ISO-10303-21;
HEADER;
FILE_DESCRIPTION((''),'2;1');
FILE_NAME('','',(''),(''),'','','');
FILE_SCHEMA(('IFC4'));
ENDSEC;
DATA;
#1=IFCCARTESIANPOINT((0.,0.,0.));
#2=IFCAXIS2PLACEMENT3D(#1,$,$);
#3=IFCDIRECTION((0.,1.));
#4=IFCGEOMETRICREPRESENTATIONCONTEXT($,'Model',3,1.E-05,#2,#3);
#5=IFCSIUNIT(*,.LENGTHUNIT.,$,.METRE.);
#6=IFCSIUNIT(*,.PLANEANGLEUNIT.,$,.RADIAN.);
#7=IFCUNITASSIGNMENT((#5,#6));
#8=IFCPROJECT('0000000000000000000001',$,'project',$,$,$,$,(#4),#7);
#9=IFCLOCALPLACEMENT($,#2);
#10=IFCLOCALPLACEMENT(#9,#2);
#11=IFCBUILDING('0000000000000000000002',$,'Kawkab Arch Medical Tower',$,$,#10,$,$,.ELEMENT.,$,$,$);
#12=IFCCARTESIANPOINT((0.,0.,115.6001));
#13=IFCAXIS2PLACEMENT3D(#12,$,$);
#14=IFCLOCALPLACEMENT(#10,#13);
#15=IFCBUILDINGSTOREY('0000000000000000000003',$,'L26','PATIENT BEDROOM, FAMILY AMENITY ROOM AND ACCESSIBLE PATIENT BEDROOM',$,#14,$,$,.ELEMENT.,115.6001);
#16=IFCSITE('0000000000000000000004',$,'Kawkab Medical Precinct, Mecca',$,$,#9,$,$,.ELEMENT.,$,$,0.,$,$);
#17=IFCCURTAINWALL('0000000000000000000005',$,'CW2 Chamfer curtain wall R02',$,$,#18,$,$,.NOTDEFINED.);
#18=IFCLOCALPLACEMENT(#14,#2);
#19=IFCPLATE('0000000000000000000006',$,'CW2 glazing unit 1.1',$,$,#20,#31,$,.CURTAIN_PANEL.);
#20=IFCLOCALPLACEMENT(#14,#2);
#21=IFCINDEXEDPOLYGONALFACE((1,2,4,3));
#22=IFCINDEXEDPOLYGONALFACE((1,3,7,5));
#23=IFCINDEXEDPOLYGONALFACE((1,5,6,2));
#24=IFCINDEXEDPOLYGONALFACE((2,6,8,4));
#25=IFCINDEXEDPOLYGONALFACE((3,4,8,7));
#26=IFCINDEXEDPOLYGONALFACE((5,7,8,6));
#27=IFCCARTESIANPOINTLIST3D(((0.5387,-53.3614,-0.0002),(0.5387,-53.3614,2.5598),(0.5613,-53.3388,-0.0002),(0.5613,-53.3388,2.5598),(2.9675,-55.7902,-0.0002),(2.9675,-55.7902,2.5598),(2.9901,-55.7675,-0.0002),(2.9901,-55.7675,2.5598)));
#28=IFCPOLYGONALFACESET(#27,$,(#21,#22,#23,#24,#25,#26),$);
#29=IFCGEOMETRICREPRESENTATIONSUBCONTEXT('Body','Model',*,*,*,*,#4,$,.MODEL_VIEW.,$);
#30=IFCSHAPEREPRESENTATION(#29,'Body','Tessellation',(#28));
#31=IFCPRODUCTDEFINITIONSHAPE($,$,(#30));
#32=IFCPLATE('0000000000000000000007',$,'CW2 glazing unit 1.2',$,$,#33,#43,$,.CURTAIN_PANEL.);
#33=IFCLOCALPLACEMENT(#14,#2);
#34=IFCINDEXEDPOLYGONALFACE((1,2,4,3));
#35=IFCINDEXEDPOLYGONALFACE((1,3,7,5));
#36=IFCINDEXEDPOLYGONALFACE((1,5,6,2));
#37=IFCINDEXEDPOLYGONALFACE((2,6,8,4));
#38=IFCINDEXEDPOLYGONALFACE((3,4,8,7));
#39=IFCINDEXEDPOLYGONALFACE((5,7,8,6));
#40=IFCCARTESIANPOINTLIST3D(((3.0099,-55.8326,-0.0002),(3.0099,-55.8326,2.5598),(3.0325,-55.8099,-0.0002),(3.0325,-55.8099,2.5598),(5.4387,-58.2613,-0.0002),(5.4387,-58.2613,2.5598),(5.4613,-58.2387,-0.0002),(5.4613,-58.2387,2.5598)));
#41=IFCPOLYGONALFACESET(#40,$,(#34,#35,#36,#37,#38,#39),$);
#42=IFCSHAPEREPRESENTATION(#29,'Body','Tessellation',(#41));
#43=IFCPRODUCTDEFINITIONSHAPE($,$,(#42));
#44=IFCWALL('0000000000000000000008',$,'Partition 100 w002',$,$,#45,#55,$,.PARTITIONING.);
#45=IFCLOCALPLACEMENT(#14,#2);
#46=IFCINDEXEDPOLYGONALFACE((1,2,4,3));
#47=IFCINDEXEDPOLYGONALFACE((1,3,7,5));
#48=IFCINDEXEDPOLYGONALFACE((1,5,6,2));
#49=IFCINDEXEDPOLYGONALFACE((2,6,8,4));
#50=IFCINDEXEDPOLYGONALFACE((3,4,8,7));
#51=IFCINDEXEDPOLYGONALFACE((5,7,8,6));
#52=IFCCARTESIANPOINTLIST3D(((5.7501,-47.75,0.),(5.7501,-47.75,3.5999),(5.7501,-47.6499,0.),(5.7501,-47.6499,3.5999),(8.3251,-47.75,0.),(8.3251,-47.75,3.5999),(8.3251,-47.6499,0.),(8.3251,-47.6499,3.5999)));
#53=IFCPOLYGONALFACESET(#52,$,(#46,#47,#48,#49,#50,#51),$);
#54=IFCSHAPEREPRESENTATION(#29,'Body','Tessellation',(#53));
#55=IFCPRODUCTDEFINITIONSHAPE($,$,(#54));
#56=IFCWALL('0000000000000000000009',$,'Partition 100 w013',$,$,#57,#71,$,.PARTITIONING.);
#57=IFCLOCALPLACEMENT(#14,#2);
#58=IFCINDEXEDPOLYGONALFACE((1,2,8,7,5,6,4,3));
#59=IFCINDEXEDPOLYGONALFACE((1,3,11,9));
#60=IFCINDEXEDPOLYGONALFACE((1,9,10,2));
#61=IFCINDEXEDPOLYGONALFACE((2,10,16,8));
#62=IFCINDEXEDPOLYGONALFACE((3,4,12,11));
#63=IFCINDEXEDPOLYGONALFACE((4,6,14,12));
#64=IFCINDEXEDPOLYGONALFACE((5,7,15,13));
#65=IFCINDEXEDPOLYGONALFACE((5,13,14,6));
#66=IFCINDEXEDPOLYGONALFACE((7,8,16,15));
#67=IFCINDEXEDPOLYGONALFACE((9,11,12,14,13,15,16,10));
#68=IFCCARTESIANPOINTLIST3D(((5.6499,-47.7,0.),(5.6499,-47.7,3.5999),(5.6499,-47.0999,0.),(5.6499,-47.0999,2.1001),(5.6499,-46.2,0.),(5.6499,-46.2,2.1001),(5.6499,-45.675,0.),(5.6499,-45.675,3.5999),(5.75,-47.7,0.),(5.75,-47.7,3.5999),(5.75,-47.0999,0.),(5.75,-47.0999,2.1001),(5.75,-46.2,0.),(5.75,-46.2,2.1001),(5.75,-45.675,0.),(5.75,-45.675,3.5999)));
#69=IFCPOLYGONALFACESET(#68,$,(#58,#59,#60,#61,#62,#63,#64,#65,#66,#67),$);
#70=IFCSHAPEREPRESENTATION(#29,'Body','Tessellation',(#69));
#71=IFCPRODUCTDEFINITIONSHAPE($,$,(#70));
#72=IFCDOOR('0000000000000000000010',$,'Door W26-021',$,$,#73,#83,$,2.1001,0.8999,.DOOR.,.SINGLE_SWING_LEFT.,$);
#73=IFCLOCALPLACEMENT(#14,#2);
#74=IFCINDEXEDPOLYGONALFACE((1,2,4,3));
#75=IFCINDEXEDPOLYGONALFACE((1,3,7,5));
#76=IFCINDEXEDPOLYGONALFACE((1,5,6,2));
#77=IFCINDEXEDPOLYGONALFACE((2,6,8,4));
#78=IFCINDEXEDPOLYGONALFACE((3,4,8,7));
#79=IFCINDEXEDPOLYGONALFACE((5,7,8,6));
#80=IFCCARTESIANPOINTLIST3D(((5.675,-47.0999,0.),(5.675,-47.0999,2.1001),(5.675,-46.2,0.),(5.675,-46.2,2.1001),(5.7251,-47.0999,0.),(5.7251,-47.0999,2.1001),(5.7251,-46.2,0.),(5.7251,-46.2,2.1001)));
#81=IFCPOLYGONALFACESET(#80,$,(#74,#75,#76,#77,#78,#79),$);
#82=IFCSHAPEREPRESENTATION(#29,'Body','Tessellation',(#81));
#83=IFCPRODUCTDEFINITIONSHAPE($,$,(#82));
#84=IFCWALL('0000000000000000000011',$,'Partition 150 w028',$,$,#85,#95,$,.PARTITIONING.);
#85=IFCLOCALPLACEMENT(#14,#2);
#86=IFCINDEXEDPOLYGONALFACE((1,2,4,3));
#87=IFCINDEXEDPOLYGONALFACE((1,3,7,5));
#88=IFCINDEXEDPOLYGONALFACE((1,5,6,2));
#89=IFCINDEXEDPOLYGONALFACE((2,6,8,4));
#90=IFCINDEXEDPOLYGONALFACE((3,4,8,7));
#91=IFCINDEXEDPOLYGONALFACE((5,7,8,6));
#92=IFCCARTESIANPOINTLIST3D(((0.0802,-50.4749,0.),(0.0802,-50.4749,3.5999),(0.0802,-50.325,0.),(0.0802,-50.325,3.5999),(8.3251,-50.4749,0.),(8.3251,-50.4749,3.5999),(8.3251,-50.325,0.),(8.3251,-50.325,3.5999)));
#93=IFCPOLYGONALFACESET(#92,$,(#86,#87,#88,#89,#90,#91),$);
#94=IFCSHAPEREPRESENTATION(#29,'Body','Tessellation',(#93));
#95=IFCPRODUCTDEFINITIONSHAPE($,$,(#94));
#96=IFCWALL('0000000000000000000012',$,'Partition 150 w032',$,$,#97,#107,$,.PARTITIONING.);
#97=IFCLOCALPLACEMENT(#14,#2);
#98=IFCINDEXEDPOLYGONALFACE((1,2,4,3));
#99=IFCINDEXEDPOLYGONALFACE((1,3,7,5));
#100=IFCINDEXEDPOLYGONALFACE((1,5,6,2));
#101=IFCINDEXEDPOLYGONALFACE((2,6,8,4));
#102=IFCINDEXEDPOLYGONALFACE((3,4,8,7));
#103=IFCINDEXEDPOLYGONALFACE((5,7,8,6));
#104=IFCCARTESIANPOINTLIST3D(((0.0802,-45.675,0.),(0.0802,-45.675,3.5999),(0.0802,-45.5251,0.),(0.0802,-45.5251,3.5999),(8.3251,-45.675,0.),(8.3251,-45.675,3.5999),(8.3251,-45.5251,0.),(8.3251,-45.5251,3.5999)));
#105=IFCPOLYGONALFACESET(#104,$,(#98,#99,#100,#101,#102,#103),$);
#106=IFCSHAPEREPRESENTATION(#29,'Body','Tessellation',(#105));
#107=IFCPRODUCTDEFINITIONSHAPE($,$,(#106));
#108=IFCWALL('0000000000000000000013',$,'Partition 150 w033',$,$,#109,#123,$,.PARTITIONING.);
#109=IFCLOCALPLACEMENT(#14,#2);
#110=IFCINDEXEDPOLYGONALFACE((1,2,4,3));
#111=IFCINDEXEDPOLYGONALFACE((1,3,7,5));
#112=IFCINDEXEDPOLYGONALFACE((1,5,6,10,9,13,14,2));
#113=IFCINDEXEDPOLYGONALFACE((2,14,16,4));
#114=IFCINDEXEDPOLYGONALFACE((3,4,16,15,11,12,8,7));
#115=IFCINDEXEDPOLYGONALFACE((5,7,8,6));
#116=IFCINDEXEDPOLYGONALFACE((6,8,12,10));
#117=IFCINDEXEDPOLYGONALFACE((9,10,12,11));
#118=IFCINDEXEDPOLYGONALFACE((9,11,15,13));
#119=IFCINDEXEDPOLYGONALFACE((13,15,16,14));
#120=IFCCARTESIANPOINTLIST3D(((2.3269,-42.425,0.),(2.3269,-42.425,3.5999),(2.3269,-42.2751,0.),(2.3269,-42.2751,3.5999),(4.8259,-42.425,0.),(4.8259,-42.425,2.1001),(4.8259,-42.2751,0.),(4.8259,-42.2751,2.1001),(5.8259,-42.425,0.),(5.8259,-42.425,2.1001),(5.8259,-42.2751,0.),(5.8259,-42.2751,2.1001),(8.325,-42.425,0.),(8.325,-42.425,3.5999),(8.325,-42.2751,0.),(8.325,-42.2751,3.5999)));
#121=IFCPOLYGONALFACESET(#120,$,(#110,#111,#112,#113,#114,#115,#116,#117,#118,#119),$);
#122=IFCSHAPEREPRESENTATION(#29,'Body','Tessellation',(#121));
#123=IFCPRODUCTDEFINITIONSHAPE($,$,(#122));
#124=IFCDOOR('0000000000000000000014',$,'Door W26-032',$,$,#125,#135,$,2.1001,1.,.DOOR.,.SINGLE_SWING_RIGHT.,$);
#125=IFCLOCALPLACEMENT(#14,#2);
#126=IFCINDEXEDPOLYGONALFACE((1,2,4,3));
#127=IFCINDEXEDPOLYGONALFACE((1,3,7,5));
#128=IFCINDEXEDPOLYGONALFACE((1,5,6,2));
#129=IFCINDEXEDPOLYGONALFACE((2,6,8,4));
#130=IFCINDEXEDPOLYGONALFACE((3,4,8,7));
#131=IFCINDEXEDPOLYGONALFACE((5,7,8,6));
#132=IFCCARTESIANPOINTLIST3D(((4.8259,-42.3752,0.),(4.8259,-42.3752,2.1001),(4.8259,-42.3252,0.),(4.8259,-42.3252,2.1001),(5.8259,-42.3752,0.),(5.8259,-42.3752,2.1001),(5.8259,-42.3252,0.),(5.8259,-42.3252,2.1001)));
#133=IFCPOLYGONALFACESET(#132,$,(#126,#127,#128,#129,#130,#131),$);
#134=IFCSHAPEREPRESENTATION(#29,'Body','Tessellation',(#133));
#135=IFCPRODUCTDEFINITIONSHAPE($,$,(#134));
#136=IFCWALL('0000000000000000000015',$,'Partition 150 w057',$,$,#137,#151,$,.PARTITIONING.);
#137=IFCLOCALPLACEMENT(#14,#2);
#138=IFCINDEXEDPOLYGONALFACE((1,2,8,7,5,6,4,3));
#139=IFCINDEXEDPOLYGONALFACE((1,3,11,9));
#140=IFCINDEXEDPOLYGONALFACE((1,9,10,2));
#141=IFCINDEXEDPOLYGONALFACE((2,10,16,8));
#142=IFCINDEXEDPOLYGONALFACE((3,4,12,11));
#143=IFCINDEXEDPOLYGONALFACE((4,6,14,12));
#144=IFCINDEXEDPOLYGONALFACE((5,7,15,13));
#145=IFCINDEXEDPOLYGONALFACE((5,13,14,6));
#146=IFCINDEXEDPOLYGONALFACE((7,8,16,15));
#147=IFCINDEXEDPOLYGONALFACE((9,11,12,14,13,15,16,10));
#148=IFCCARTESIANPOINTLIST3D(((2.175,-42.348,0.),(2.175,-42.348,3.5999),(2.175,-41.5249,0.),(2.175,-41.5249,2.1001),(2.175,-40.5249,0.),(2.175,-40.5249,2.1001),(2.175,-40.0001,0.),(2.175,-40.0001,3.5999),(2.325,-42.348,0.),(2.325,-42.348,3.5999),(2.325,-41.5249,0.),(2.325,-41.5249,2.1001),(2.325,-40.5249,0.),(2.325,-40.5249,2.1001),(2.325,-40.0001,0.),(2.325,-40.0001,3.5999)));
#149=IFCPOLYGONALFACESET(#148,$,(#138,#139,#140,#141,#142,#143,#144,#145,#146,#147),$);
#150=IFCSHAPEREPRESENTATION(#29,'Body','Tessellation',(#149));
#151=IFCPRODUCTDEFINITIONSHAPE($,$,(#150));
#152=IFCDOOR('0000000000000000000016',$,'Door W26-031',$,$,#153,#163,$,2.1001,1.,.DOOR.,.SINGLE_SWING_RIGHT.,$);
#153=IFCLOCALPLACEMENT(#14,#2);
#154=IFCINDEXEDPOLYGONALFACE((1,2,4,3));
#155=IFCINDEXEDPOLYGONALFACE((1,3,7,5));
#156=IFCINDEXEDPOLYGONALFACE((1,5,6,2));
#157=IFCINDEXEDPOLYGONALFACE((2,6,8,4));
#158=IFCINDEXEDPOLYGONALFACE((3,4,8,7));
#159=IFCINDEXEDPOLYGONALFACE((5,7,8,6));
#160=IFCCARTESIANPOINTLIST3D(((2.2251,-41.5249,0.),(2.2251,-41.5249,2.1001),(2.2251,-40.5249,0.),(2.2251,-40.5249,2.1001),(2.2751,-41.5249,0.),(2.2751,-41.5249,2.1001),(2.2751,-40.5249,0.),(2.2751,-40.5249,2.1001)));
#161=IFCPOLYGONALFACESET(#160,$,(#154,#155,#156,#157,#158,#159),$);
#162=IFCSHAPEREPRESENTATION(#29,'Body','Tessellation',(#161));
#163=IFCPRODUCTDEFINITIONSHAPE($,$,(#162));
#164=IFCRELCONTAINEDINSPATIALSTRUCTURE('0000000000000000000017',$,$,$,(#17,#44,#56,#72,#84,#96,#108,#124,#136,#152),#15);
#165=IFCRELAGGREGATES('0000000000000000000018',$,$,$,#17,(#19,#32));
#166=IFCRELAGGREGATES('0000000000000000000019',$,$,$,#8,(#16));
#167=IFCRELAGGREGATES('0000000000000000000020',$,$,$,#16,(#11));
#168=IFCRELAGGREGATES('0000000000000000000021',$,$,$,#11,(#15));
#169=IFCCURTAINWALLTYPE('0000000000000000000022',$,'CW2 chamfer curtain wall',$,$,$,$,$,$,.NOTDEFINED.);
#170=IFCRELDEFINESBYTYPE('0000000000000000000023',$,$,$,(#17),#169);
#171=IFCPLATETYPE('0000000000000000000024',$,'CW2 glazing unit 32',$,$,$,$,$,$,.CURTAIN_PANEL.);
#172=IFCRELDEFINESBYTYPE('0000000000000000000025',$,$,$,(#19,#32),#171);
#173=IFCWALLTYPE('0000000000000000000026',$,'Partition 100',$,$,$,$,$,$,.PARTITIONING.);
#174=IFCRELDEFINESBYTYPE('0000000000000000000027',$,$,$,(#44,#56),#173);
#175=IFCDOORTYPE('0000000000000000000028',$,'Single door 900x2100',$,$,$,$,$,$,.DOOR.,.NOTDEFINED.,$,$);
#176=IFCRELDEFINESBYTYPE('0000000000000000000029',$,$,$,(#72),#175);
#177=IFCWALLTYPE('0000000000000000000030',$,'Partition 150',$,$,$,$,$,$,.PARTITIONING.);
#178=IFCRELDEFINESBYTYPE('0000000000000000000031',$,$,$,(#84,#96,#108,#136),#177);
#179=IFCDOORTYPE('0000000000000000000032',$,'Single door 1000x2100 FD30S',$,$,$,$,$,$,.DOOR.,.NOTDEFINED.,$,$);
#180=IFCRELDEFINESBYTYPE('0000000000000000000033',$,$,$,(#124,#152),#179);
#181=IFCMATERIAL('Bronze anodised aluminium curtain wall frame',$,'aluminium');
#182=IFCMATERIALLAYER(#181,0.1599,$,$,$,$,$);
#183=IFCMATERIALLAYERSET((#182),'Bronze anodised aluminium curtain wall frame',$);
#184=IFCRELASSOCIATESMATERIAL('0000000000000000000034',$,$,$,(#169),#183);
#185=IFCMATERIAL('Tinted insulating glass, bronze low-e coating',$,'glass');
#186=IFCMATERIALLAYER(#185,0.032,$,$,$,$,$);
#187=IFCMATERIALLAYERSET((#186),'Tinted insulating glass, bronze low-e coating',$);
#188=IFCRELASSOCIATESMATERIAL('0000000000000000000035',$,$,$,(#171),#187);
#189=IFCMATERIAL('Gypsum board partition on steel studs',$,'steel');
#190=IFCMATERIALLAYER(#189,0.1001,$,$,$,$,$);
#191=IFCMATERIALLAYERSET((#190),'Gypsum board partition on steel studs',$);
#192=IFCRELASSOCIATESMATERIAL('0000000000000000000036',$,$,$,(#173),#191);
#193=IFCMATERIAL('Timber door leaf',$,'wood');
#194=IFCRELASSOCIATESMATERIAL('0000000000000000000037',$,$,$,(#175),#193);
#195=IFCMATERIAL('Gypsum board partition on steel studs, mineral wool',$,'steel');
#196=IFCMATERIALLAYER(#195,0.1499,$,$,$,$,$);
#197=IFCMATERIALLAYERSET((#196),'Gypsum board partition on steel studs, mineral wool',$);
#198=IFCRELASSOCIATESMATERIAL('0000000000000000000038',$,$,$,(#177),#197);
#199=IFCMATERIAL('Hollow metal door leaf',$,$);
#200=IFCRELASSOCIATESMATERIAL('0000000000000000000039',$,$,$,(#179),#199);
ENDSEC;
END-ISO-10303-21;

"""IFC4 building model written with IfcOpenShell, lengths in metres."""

from ifc_helpers import new_model, si_unit, direction, frame, frame_2d, origin, origin_2d, place, context, subcontext, project, spatial, rectangle, extrude, material, layer, layer_set, type_object, element, fill, aggregate, save


model = new_model("IFC4")

# Units and contexts
model_context = context("Model", 3, precision=1e-05, world=origin(), true_north=direction((0.0, 1.0)))
body_context = subcontext(model_context, "Body", "Model", "MODEL_VIEW")
ifc_project = project(units=[si_unit("LENGTHUNIT", "METRE"), si_unit("PLANEANGLEUNIT", "RADIAN")], contexts=[model_context])

# Site, building, storey
site_placement = place(None, origin())
site = spatial("IfcSite", under=ifc_project, at=site_placement, Name="Kawkab Medical Precinct, Mecca", CompositionType="ELEMENT", RefElevation=0.0)
building_placement = place(site_placement, origin())
building = spatial("IfcBuilding", under=site, at=building_placement, Name="Kawkab Arch Medical Tower", CompositionType="ELEMENT")
storey_placement = place(building_placement, frame((0.0, 0.0, 115.6001)))
storey = spatial("IfcBuildingStorey", under=building, at=storey_placement, Name="L26", Description="PATIENT BEDROOM, FAMILY AMENITY ROOM AND ACCESSIBLE PATIENT BEDROOM", CompositionType="ELEMENT", Elevation=115.6001)

# Shared definitions
placement = place(storey_placement, origin())

# Curtain wall
ifc_material_1 = material(Name="Bronze anodised aluminium curtain wall frame", Category="aluminium")
ifc_layer_1 = layer(ifc_material_1, 0.1599)
ifc_layer_set_1 = layer_set([ifc_layer_1], Name="Bronze anodised aluminium curtain wall frame")
curtain_wall_type_1 = type_object("IfcCurtainWallType", Name="CW2 chamfer curtain wall", PredefinedType="NOTDEFINED", material=ifc_layer_set_1)
curtain_wall_1 = element("IfcCurtainWall", 1, at=placement, inside=storey, type_object=curtain_wall_type_1, Name="CW2 Chamfer curtain wall R02", PredefinedType="NOTDEFINED")

# Plates
ifc_material_2 = material(Name="Tinted insulating glass, bronze low-e coating", Category="glass")
ifc_layer_2 = layer(ifc_material_2, 0.032)
ifc_layer_set_2 = layer_set([ifc_layer_2], Name="Tinted insulating glass, bronze low-e coating")
plate_type_1 = type_object("IfcPlateType", Name="CW2 glazing unit 32", PredefinedType="CURTAIN_PANEL", material=ifc_layer_set_2)
plate_1_placement = place(storey_placement, frame((1.7644, -54.5645, -0.0002), z_axis=(0.0, 0.0, 1.0), x_axis=(0.707107, -0.707107, 0.0)))
plate_1 = element("IfcPlate", 2, at=plate_1_placement, type_object=plate_type_1, Name="CW2 glazing unit 1.1", PredefinedType="CURTAIN_PANEL", context=body_context, shape_type="SweptSolid", body=[
    extrude(rectangle(XDim=3.4348, YDim=0.032, at=origin_2d()), origin(), (0.0, 0.0, 1.0), 2.5601),
])
plate_2_placement = place(storey_placement, frame((4.2356, -57.0356, -0.0002), z_axis=(0.0, 0.0, 1.0), x_axis=(0.707107, -0.707107, 0.0)))
plate_2 = element("IfcPlate", 3, at=plate_2_placement, type_object=plate_type_1, Name="CW2 glazing unit 1.2", PredefinedType="CURTAIN_PANEL", context=body_context, shape_type="SweptSolid", body=[
    extrude(rectangle(XDim=3.4348, YDim=0.032, at=origin_2d()), origin(), (0.0, 0.0, 1.0), 2.5601),
])
aggregate(curtain_wall_1, [plate_1, plate_2])

# Wall
ifc_material_3 = material(Name="Gypsum board partition on steel studs", Category="steel")
ifc_layer_3 = layer(ifc_material_3, 0.1001)
ifc_layer_set_3 = layer_set([ifc_layer_3], Name="Gypsum board partition on steel studs")
wall_type_1 = type_object("IfcWallType", Name="Partition 100", PredefinedType="PARTITIONING", material=ifc_layer_set_3)
wall_1_placement = place(storey_placement, frame((5.75, -47.7, 0.0), z_axis=(0.0, 0.0, 1.0), x_axis=(1.0, 0.0, 0.0)))
element("IfcWall", 4, at=wall_1_placement, inside=storey, type_object=wall_type_1, Name="Partition 100 w002", PredefinedType="PARTITIONING", context=body_context, shape_type="SweptSolid", body=[
    extrude(rectangle(XDim=2.575, YDim=0.1001, at=frame_2d((1.2876, 0.0))), origin(), (0.0, 0.0, 1.0), 3.5999),
])

# Wall, opening, door
wall_2_placement = place(storey_placement, frame((5.7, -47.7, 0.0), z_axis=(0.0, 0.0, 1.0), x_axis=(0.0, 1.0, 0.0)))
wall_2 = element("IfcWall", 5, at=wall_2_placement, inside=storey, type_object=wall_type_1, Name="Partition 100 w013", PredefinedType="PARTITIONING", context=body_context, shape_type="SweptSolid", body=[
    extrude(rectangle(XDim=2.0249, YDim=0.1001, at=frame_2d((1.0125, 0.0))), origin(), (0.0, 0.0, 1.0), 3.5999),
])
opening_1_placement = place(wall_2_placement, frame((0.6001, 0.0, 0.0)))
opening_1 = element("IfcOpeningElement", 6, at=opening_1_placement, cuts=wall_2, PredefinedType="OPENING", context=body_context, shape_type="SweptSolid", body=[
    extrude(rectangle(XDim=0.8999, YDim=2.1001, at=frame_2d((0.45, 1.05))), frame((0.0, 0.0601, 0.0), z_axis=(0.0, -1.0, 0.0), x_axis=(1.0, 0.0, 0.0)), (0.0, 0.0, 1.0), 0.1201),
])
ifc_material_4 = material(Name="Timber door leaf", Category="wood")
door_type_1 = type_object("IfcDoorType", Name="Single door 900x2100", OperationType="NOTDEFINED", PredefinedType="DOOR", material=ifc_material_4)
door_1_placement = place(opening_1_placement, origin())
door_1 = element("IfcDoor", 7, at=door_1_placement, inside=storey, type_object=door_type_1, Name="Door W26-021", OperationType="SINGLE_SWING_LEFT", OverallHeight=2.1001, OverallWidth=0.8999, PredefinedType="DOOR", context=body_context, shape_type="SweptSolid", body=[
    extrude(rectangle(XDim=0.8999, YDim=2.1001, at=frame_2d((0.45, 1.05))), frame((0.0, 0.0249, 0.0), z_axis=(0.0, -1.0, 0.0), x_axis=(1.0, 0.0, 0.0)), (0.0, 0.0, 1.0), 0.05),
])
fill(opening_1, door_1)

# Walls
ifc_material_5 = material(Name="Gypsum board partition on steel studs, mineral wool", Category="steel")
ifc_layer_4 = layer(ifc_material_5, 0.1499)
ifc_layer_set_4 = layer_set([ifc_layer_4], Name="Gypsum board partition on steel studs, mineral wool")
wall_type_2 = type_object("IfcWallType", Name="Partition 150", PredefinedType="PARTITIONING", material=ifc_layer_set_4)
for number, where, z_axis, x_axis, name in (
    (8, (0.0801, -50.3999, 0.0), (0.0, 0.0, 1.0), (1.0, 0.0, 0.0), "Partition 150 w028"),
    (9, (0.0801, -45.6001, 0.0), (0.0, 0.0, 1.0), (1.0, 0.0, 0.0), "Partition 150 w032"),
):
    element("IfcWall", number, at=place(storey_placement, frame(where, z_axis=z_axis, x_axis=x_axis)), inside=storey, type_object=wall_type_2, Name=name, PredefinedType="PARTITIONING", context=body_context, shape_type="SweptSolid", body=[
        extrude(rectangle(XDim=8.2449, YDim=0.1499, at=frame_2d((4.1226, 0.0))), origin(), (0.0, 0.0, 1.0), 3.5999),
    ])

# Walls, openings, doors
wall_3_placement = place(storey_placement, frame((2.3269, -42.3501, 0.0), z_axis=(0.0, 0.0, 1.0), x_axis=(1.0, 0.0, 0.0)))
wall_3 = element("IfcWall", 10, at=wall_3_placement, inside=storey, type_object=wall_type_2, Name="Partition 150 w033", PredefinedType="PARTITIONING", context=body_context, shape_type="SweptSolid", body=[
    extrude(rectangle(XDim=5.998, YDim=0.1499, at=frame_2d((2.999, 0.0))), origin(), (0.0, 0.0, 1.0), 3.5999),
])
opening_2_placement = place(wall_3_placement, frame((2.499, 0.0, 0.0)))
opening_2 = element("IfcOpeningElement", 11, at=opening_2_placement, cuts=wall_3, PredefinedType="OPENING", context=body_context, shape_type="SweptSolid", body=[
    extrude(rectangle(XDim=1.0, YDim=2.1001, at=frame_2d((0.5, 1.05))), frame((0.0, 0.085, 0.0), z_axis=(0.0, -1.0, 0.0), x_axis=(1.0, 0.0, 0.0)), (0.0, 0.0, 1.0), 0.1699),
])
ifc_material_6 = material(Name="Hollow metal door leaf")
door_type_2 = type_object("IfcDoorType", Name="Single door 1000x2100 FD30S", OperationType="NOTDEFINED", PredefinedType="DOOR", material=ifc_material_6)
door_2_placement = place(opening_2_placement, origin())
door_2 = element("IfcDoor", 12, at=door_2_placement, inside=storey, type_object=door_type_2, Name="Door W26-032", OperationType="SINGLE_SWING_RIGHT", OverallHeight=2.1001, OverallWidth=1.0, PredefinedType="DOOR", context=body_context, shape_type="SweptSolid", body=[
    extrude(rectangle(XDim=1.0, YDim=2.1001, at=frame_2d((0.5, 1.05))), frame((0.0, 0.0249, 0.0), z_axis=(0.0, -1.0, 0.0), x_axis=(1.0, 0.0, 0.0)), (0.0, 0.0, 1.0), 0.05),
])
fill(opening_2, door_2)
wall_4_placement = place(storey_placement, frame((2.25, -42.3479, 0.0), z_axis=(0.0, 0.0, 1.0), x_axis=(0.0, 1.0, 0.0)))
wall_4 = element("IfcWall", 13, at=wall_4_placement, inside=storey, type_object=wall_type_2, Name="Partition 150 w057", PredefinedType="PARTITIONING", context=body_context, shape_type="SweptSolid", body=[
    extrude(rectangle(XDim=2.3479, YDim=0.1499, at=frame_2d((1.1738, 0.0))), origin(), (0.0, 0.0, 1.0), 3.5999),
])
opening_3_placement = place(wall_4_placement, frame((0.823, 0.0, 0.0)))
opening_3 = element("IfcOpeningElement", 14, at=opening_3_placement, cuts=wall_4, PredefinedType="OPENING", context=body_context, shape_type="SweptSolid", body=[
    extrude(rectangle(XDim=1.0, YDim=2.1001, at=frame_2d((0.5, 1.05))), frame((0.0, 0.085, 0.0), z_axis=(0.0, -1.0, 0.0), x_axis=(1.0, 0.0, 0.0)), (0.0, 0.0, 1.0), 0.1699),
])
door_3_placement = place(opening_3_placement, origin())
door_3 = element("IfcDoor", 15, at=door_3_placement, inside=storey, type_object=door_type_2, Name="Door W26-031", OperationType="SINGLE_SWING_RIGHT", OverallHeight=2.1001, OverallWidth=1.0, PredefinedType="DOOR", context=body_context, shape_type="SweptSolid", body=[
    extrude(rectangle(XDim=1.0, YDim=2.1001, at=frame_2d((0.5, 1.05))), frame((0.0, 0.0249, 0.0), z_axis=(0.0, -1.0, 0.0), x_axis=(1.0, 0.0, 0.0)), (0.0, 0.0, 1.0), 0.05),
])
fill(opening_3, door_3)

save(model, "model.ifc")
